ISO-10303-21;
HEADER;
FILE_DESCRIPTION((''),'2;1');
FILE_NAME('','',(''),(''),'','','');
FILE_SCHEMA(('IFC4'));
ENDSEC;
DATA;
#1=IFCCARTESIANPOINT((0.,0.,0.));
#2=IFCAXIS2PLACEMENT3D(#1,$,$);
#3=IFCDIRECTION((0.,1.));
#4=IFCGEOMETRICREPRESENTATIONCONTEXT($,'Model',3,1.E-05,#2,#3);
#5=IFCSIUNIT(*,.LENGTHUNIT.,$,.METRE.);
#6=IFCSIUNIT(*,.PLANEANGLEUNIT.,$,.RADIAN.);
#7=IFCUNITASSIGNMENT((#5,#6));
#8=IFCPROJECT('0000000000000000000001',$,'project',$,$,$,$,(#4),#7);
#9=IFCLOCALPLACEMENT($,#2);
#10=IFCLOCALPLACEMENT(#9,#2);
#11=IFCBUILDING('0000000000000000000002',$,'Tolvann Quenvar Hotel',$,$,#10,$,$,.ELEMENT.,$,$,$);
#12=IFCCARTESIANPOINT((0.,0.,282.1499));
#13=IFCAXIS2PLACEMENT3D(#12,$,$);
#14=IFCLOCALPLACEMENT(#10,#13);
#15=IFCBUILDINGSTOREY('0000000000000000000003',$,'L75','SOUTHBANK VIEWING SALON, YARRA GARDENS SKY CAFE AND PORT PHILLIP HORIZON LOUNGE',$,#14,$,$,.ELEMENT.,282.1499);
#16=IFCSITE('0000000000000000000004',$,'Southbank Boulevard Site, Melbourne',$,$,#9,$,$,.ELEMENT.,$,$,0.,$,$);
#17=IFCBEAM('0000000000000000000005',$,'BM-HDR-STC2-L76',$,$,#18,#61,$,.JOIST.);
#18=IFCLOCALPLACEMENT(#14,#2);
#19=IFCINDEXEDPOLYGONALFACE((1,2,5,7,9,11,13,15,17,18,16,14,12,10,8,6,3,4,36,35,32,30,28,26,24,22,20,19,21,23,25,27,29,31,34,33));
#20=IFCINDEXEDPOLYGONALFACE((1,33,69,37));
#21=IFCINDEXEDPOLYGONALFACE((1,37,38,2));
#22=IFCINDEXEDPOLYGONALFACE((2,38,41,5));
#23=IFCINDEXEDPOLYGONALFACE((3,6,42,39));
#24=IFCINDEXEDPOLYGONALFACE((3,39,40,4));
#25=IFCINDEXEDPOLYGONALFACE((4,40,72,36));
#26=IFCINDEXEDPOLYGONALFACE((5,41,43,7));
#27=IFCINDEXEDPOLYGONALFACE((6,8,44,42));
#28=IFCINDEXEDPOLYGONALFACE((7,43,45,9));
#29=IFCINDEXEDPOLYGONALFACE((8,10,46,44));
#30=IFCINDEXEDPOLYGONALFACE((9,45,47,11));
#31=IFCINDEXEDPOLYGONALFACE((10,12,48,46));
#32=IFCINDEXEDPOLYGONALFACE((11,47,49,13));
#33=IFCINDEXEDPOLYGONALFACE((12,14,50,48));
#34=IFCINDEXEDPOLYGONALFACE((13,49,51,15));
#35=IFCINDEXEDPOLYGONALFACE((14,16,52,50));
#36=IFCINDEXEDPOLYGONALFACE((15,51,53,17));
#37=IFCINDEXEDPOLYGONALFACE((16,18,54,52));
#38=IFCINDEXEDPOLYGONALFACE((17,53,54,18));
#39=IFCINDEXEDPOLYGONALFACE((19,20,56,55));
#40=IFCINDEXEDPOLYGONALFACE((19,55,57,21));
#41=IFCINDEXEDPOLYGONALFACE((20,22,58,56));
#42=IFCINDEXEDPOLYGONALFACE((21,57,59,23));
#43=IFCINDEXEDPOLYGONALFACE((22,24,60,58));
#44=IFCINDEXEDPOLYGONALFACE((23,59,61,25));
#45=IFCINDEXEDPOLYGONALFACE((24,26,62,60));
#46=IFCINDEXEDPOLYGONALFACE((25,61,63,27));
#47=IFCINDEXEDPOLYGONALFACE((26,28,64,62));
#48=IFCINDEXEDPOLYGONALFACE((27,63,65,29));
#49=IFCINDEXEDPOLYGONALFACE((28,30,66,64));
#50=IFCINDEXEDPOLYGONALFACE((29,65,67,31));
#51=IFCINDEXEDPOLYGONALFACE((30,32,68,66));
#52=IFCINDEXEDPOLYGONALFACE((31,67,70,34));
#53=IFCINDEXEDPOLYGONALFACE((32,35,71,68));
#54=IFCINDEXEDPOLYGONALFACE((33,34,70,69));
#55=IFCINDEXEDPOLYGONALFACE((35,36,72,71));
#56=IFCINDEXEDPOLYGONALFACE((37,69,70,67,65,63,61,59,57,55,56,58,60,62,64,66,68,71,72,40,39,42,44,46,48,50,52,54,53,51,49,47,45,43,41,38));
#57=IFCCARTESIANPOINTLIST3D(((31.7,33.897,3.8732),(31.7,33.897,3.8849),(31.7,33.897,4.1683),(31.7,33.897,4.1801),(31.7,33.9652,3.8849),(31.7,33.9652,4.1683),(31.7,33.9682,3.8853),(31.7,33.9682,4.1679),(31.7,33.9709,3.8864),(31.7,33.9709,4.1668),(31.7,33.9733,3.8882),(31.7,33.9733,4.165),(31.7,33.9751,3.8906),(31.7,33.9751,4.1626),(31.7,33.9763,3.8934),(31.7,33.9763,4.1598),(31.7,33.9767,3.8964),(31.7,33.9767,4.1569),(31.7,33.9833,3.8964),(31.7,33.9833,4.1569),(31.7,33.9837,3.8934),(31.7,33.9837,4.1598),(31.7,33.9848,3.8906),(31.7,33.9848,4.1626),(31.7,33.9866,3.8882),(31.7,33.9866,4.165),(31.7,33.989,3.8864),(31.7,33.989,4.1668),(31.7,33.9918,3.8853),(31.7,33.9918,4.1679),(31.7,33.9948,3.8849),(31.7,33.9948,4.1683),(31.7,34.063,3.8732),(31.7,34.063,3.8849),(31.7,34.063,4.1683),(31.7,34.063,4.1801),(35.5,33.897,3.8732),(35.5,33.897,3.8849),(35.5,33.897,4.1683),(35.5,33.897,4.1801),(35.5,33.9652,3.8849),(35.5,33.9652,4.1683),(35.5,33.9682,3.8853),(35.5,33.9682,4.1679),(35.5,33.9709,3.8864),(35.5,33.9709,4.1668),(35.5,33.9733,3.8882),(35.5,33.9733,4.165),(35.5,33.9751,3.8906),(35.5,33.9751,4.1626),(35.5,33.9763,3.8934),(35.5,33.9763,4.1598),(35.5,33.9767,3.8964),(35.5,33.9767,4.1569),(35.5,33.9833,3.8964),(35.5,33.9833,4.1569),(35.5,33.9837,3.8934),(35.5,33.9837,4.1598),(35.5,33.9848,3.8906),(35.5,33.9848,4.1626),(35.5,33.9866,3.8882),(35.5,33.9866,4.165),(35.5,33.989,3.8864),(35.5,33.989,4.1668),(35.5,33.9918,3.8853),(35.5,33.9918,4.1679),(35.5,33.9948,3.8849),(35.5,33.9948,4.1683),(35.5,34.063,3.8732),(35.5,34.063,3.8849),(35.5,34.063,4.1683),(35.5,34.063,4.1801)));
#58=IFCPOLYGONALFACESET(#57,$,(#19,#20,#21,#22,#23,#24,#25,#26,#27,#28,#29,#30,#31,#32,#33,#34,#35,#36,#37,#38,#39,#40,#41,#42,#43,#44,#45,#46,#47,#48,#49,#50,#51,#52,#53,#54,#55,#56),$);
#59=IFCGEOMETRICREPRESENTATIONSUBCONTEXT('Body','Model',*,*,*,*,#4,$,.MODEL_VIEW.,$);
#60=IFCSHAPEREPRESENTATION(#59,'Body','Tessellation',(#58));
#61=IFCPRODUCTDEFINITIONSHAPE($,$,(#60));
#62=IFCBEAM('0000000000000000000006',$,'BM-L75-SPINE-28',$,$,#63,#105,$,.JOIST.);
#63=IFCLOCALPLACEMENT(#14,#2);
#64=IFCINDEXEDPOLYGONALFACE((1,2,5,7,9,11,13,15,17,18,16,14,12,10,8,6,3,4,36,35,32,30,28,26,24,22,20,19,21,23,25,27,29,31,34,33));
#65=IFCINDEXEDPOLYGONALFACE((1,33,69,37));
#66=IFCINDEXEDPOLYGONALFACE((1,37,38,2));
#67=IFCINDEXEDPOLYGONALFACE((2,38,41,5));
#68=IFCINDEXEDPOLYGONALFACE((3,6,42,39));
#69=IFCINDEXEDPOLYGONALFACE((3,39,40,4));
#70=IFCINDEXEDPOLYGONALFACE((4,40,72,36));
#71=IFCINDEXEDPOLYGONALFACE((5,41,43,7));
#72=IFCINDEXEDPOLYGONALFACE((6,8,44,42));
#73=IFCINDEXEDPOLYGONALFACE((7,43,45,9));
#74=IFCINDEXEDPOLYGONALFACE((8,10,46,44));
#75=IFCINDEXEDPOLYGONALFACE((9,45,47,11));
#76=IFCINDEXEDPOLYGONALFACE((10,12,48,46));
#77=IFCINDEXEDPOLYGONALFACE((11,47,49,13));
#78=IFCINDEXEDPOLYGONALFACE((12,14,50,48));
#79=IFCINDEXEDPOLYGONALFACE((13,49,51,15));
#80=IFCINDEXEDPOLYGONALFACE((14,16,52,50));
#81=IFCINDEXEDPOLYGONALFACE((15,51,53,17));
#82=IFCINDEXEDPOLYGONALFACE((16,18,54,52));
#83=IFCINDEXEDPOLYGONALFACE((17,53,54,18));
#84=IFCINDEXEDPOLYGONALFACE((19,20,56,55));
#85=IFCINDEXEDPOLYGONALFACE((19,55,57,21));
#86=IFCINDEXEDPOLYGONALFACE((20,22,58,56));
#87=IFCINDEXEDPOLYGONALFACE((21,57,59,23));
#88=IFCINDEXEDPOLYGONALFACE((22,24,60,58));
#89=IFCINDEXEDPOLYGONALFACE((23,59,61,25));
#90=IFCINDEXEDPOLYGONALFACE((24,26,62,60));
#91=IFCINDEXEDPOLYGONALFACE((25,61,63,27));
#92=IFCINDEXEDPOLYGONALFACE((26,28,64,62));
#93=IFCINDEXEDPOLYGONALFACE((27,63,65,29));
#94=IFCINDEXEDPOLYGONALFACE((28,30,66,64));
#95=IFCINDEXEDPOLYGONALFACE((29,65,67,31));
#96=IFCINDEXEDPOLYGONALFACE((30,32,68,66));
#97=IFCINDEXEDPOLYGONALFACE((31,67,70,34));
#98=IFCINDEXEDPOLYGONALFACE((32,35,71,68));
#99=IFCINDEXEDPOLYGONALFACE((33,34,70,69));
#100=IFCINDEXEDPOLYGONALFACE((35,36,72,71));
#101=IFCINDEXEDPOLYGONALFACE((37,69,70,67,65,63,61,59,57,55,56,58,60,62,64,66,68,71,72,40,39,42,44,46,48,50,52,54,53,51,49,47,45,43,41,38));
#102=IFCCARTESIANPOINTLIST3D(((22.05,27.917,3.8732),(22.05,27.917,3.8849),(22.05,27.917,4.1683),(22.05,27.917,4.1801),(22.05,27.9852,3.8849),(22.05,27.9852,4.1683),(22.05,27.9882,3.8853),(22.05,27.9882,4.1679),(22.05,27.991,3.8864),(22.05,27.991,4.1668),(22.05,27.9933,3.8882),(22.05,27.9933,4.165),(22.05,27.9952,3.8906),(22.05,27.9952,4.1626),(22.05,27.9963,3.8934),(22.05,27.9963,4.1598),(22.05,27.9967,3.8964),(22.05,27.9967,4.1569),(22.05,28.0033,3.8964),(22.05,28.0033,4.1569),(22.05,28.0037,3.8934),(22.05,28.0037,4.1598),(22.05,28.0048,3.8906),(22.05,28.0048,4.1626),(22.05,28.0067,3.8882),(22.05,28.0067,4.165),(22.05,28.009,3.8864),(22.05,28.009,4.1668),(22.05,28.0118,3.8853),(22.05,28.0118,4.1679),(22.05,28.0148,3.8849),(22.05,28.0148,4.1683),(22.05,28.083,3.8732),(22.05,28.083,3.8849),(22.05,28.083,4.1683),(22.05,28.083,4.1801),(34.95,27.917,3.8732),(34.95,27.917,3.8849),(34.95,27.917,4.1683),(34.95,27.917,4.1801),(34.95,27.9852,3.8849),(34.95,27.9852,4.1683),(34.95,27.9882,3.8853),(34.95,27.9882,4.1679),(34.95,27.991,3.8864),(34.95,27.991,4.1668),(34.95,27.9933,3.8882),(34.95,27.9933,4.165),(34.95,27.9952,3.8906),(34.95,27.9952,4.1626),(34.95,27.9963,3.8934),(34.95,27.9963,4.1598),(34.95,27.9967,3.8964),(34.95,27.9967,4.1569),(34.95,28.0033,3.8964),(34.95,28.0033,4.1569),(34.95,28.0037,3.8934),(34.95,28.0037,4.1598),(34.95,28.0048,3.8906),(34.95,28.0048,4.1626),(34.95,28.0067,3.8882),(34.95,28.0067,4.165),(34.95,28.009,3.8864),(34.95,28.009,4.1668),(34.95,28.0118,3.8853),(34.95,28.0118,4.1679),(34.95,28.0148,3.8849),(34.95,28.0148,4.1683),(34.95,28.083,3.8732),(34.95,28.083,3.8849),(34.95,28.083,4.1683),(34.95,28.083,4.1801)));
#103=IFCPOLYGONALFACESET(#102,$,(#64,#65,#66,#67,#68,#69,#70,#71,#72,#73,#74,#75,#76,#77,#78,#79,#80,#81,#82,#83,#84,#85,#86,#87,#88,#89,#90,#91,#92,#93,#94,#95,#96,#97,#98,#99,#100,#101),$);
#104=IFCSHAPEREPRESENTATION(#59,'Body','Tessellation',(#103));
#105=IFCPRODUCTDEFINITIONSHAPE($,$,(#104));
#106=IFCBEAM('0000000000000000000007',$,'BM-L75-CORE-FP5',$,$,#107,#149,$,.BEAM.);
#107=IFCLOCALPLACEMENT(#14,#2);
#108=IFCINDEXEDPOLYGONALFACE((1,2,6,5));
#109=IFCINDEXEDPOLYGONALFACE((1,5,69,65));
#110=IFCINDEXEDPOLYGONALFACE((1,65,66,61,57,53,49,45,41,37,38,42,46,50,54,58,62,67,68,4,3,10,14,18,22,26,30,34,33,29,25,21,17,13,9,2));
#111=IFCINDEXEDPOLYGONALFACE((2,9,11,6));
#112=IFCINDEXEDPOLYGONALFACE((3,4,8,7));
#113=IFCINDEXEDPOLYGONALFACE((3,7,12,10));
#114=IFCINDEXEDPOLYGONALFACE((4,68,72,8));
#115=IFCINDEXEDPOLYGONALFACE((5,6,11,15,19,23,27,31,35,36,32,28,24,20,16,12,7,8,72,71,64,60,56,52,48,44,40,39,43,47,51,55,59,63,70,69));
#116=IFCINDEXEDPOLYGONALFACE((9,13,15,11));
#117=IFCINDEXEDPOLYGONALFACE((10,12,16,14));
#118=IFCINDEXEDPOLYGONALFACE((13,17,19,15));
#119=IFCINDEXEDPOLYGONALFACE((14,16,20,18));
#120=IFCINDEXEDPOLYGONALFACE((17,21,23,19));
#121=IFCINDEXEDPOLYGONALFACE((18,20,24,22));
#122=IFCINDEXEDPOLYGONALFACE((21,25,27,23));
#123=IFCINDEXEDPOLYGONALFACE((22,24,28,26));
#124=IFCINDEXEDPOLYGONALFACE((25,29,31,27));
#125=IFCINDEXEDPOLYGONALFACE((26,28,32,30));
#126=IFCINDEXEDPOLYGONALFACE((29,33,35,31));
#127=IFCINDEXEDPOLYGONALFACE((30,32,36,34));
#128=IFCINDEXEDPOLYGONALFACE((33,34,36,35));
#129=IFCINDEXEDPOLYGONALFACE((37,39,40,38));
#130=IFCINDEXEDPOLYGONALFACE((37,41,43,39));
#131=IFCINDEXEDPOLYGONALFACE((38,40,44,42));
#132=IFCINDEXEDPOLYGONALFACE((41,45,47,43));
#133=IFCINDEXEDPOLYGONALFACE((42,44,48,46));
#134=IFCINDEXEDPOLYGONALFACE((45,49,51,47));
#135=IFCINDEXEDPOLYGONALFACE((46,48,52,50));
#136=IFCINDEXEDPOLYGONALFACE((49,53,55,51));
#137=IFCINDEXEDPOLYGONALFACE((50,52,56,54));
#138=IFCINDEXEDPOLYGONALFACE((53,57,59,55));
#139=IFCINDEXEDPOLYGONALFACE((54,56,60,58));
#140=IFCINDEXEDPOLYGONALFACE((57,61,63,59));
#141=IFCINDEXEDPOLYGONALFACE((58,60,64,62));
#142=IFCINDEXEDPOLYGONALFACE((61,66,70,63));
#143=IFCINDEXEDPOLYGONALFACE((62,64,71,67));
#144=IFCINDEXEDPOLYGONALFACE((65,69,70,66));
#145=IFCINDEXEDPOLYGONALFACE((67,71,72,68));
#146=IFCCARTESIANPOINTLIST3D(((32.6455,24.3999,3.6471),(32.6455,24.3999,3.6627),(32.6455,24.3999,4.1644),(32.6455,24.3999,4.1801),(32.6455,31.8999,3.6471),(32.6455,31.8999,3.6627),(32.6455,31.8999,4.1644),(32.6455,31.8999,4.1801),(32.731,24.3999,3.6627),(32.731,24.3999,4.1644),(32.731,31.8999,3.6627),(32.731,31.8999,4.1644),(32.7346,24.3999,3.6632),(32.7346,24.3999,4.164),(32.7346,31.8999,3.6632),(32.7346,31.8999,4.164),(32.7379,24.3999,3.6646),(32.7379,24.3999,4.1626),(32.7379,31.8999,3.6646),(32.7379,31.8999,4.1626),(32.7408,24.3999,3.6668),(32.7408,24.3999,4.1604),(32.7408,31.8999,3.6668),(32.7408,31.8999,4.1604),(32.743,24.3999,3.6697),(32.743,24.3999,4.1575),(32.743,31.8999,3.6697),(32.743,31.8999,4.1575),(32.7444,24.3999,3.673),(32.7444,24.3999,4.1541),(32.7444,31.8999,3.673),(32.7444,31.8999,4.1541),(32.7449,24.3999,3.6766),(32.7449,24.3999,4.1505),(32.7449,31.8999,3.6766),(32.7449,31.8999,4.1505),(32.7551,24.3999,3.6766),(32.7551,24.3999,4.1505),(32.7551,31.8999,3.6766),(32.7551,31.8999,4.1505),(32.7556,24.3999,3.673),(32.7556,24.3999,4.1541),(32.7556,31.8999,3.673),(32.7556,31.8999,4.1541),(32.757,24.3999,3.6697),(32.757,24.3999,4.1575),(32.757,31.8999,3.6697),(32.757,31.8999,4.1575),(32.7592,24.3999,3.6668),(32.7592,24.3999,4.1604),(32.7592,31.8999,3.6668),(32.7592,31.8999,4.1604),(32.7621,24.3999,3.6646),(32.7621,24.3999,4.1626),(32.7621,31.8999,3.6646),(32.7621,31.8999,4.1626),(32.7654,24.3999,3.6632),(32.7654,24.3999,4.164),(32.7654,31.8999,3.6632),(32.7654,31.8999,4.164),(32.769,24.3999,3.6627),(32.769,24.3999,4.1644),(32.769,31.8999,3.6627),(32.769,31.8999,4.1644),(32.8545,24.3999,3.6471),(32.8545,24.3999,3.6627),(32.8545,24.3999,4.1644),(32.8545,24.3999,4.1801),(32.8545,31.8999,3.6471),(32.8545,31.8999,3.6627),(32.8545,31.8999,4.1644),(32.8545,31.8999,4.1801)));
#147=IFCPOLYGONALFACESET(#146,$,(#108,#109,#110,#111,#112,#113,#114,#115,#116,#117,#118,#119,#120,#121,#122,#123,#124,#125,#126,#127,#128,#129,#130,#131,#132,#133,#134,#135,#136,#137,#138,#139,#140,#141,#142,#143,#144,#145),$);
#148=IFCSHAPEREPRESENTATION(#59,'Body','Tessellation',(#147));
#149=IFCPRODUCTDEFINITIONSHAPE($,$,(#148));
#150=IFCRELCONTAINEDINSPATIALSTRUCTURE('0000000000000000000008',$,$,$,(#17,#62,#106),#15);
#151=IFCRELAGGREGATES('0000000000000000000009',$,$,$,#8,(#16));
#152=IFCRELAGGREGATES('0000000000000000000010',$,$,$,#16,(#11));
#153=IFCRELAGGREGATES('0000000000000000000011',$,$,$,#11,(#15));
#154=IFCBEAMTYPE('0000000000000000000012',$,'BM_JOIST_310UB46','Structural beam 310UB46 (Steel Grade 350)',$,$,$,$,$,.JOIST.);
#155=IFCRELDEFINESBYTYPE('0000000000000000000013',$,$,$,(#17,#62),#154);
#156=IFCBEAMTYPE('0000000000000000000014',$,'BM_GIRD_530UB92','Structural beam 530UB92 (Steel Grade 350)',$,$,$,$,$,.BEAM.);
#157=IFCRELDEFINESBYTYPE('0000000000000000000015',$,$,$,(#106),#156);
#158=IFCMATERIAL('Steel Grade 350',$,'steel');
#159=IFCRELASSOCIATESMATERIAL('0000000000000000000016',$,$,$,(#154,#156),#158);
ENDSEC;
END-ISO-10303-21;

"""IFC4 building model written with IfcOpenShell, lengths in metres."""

from ifc_helpers import new_model, si_unit, direction, frame, origin, origin_2d, place, context, subcontext, project, spatial, i_section, extrude, source, transform, mapped, material, material_profile, profile_set, type_object, type_shapes, element, save


model = new_model("IFC4")

# Units and contexts
model_context = context("Model", 3, precision=1e-05, world=origin(), true_north=direction((0.0, 1.0)))
body_context = subcontext(model_context, "Body", "Model", "MODEL_VIEW")
ifc_project = project(units=[si_unit("LENGTHUNIT", "METRE"), si_unit("PLANEANGLEUNIT", "RADIAN")], contexts=[model_context])

# Site, building, storey
site_placement = place(None, origin())
site = spatial("IfcSite", under=ifc_project, at=site_placement, Name="Southbank Boulevard Site, Melbourne", CompositionType="ELEMENT", RefElevation=0.0)
building_placement = place(site_placement, origin())
building = spatial("IfcBuilding", under=site, at=building_placement, Name="Tolvann Quenvar Hotel", CompositionType="ELEMENT")
storey_placement = place(building_placement, frame((0.0, 0.0, 282.1499)))
storey = spatial("IfcBuildingStorey", under=building, at=storey_placement, Name="L75", Description="SOUTHBANK VIEWING SALON, YARRA GARDENS SKY CAFE AND PORT PHILLIP HORIZON LOUNGE", CompositionType="ELEMENT", Elevation=282.1499)

# Beams
ifc_material_1 = material(Name="Steel Grade 350", Category="steel")
ifc_material_profile_1 = material_profile(ifc_material_1, i_section(OverallWidth=0.166, OverallDepth=0.3069, WebThickness=0.0066, FlangeThickness=0.0117, FilletRadius=0.0115, at=origin_2d()), Name="310UB46")
ifc_profile_set_1 = profile_set([ifc_material_profile_1], Name="Steel Grade 350")
beam_type_1 = type_object("IfcBeamType", Name="BM_JOIST_310UB46", Description="Structural beam 310UB46 (Steel Grade 350)", PredefinedType="JOIST", material=ifc_profile_set_1)
shared_shape_1 = source(origin(), body_context, "Body", "SweptSolid", [
    extrude(i_section(OverallWidth=0.166, OverallDepth=0.3069, WebThickness=0.0066, FlangeThickness=0.0117, FilletRadius=0.0115, at=origin_2d()), origin(), (0.0, 0.0, 1.0), 3.8),
])
beam_1_placement = place(storey_placement, frame((31.7, 33.98, 4.0266), z_axis=(1.0, 0.0, 0.0), x_axis=(0.0, 1.0, 0.0)))
element("IfcBeam", 1, at=beam_1_placement, inside=storey, type_object=beam_type_1, Name="BM-HDR-STC2-L76", PredefinedType="JOIST", context=body_context, shape_type="MappedRepresentation", body=[
    mapped(shared_shape_1, transform((0.0, 0.0, 0.0), x_axis=(1.0, 0.0, 0.0), y_axis=(0.0, 1.0, 0.0), z_axis=(0.0, 0.0, 1.0), scale=1.0)),
])
shared_shape_2 = source(origin(), body_context, "Body", "SweptSolid", [
    extrude(i_section(OverallWidth=0.166, OverallDepth=0.3069, WebThickness=0.0066, FlangeThickness=0.0117, FilletRadius=0.0115, at=origin_2d()), origin(), (0.0, 0.0, 1.0), 12.8999),
])
beam_2_placement = place(storey_placement, frame((22.05, 28.0, 4.0266), z_axis=(1.0, 0.0, 0.0), x_axis=(0.0, 1.0, 0.0)))
element("IfcBeam", 2, at=beam_2_placement, inside=storey, type_object=beam_type_1, Name="BM-L75-SPINE-28", PredefinedType="JOIST", context=body_context, shape_type="MappedRepresentation", body=[
    mapped(shared_shape_2, transform((0.0, 0.0, 0.0), x_axis=(1.0, 0.0, 0.0), y_axis=(0.0, 1.0, 0.0), z_axis=(0.0, 0.0, 1.0), scale=1.0)),
])
ifc_material_profile_2 = material_profile(ifc_material_1, i_section(OverallWidth=0.209, OverallDepth=0.533, WebThickness=0.0103, FlangeThickness=0.0156, FilletRadius=0.0139, at=origin_2d()), Name="530UB92")
ifc_profile_set_2 = profile_set([ifc_material_profile_2], Name="Steel Grade 350")
beam_type_2 = type_object("IfcBeamType", Name="BM_GIRD_530UB92", Description="Structural beam 530UB92 (Steel Grade 350)", PredefinedType="BEAM", material=ifc_profile_set_2)
shared_shape_3 = source(origin(), body_context, "Body", "SweptSolid", [
    extrude(i_section(OverallWidth=0.209, OverallDepth=0.533, WebThickness=0.0103, FlangeThickness=0.0156, FilletRadius=0.0139, at=origin_2d()), origin(), (0.0, 0.0, 1.0), 7.5),
])
type_shapes(beam_type_2, [shared_shape_3])
beam_3_placement = place(storey_placement, frame((32.75, 24.3999, 3.9136), z_axis=(0.0, 1.0, 0.0), x_axis=(-1.0, 0.0, 0.0)))
element("IfcBeam", 3, at=beam_3_placement, inside=storey, type_object=beam_type_2, Name="BM-L75-CORE-FP5", PredefinedType="BEAM", context=body_context, shape_type="MappedRepresentation", body=[
    mapped(shared_shape_3, transform((0.0, 0.0, 0.0), x_axis=(1.0, 0.0, 0.0), y_axis=(0.0, 1.0, 0.0), z_axis=(0.0, 0.0, 1.0), scale=1.0)),
])

save(model, "model.ifc")
